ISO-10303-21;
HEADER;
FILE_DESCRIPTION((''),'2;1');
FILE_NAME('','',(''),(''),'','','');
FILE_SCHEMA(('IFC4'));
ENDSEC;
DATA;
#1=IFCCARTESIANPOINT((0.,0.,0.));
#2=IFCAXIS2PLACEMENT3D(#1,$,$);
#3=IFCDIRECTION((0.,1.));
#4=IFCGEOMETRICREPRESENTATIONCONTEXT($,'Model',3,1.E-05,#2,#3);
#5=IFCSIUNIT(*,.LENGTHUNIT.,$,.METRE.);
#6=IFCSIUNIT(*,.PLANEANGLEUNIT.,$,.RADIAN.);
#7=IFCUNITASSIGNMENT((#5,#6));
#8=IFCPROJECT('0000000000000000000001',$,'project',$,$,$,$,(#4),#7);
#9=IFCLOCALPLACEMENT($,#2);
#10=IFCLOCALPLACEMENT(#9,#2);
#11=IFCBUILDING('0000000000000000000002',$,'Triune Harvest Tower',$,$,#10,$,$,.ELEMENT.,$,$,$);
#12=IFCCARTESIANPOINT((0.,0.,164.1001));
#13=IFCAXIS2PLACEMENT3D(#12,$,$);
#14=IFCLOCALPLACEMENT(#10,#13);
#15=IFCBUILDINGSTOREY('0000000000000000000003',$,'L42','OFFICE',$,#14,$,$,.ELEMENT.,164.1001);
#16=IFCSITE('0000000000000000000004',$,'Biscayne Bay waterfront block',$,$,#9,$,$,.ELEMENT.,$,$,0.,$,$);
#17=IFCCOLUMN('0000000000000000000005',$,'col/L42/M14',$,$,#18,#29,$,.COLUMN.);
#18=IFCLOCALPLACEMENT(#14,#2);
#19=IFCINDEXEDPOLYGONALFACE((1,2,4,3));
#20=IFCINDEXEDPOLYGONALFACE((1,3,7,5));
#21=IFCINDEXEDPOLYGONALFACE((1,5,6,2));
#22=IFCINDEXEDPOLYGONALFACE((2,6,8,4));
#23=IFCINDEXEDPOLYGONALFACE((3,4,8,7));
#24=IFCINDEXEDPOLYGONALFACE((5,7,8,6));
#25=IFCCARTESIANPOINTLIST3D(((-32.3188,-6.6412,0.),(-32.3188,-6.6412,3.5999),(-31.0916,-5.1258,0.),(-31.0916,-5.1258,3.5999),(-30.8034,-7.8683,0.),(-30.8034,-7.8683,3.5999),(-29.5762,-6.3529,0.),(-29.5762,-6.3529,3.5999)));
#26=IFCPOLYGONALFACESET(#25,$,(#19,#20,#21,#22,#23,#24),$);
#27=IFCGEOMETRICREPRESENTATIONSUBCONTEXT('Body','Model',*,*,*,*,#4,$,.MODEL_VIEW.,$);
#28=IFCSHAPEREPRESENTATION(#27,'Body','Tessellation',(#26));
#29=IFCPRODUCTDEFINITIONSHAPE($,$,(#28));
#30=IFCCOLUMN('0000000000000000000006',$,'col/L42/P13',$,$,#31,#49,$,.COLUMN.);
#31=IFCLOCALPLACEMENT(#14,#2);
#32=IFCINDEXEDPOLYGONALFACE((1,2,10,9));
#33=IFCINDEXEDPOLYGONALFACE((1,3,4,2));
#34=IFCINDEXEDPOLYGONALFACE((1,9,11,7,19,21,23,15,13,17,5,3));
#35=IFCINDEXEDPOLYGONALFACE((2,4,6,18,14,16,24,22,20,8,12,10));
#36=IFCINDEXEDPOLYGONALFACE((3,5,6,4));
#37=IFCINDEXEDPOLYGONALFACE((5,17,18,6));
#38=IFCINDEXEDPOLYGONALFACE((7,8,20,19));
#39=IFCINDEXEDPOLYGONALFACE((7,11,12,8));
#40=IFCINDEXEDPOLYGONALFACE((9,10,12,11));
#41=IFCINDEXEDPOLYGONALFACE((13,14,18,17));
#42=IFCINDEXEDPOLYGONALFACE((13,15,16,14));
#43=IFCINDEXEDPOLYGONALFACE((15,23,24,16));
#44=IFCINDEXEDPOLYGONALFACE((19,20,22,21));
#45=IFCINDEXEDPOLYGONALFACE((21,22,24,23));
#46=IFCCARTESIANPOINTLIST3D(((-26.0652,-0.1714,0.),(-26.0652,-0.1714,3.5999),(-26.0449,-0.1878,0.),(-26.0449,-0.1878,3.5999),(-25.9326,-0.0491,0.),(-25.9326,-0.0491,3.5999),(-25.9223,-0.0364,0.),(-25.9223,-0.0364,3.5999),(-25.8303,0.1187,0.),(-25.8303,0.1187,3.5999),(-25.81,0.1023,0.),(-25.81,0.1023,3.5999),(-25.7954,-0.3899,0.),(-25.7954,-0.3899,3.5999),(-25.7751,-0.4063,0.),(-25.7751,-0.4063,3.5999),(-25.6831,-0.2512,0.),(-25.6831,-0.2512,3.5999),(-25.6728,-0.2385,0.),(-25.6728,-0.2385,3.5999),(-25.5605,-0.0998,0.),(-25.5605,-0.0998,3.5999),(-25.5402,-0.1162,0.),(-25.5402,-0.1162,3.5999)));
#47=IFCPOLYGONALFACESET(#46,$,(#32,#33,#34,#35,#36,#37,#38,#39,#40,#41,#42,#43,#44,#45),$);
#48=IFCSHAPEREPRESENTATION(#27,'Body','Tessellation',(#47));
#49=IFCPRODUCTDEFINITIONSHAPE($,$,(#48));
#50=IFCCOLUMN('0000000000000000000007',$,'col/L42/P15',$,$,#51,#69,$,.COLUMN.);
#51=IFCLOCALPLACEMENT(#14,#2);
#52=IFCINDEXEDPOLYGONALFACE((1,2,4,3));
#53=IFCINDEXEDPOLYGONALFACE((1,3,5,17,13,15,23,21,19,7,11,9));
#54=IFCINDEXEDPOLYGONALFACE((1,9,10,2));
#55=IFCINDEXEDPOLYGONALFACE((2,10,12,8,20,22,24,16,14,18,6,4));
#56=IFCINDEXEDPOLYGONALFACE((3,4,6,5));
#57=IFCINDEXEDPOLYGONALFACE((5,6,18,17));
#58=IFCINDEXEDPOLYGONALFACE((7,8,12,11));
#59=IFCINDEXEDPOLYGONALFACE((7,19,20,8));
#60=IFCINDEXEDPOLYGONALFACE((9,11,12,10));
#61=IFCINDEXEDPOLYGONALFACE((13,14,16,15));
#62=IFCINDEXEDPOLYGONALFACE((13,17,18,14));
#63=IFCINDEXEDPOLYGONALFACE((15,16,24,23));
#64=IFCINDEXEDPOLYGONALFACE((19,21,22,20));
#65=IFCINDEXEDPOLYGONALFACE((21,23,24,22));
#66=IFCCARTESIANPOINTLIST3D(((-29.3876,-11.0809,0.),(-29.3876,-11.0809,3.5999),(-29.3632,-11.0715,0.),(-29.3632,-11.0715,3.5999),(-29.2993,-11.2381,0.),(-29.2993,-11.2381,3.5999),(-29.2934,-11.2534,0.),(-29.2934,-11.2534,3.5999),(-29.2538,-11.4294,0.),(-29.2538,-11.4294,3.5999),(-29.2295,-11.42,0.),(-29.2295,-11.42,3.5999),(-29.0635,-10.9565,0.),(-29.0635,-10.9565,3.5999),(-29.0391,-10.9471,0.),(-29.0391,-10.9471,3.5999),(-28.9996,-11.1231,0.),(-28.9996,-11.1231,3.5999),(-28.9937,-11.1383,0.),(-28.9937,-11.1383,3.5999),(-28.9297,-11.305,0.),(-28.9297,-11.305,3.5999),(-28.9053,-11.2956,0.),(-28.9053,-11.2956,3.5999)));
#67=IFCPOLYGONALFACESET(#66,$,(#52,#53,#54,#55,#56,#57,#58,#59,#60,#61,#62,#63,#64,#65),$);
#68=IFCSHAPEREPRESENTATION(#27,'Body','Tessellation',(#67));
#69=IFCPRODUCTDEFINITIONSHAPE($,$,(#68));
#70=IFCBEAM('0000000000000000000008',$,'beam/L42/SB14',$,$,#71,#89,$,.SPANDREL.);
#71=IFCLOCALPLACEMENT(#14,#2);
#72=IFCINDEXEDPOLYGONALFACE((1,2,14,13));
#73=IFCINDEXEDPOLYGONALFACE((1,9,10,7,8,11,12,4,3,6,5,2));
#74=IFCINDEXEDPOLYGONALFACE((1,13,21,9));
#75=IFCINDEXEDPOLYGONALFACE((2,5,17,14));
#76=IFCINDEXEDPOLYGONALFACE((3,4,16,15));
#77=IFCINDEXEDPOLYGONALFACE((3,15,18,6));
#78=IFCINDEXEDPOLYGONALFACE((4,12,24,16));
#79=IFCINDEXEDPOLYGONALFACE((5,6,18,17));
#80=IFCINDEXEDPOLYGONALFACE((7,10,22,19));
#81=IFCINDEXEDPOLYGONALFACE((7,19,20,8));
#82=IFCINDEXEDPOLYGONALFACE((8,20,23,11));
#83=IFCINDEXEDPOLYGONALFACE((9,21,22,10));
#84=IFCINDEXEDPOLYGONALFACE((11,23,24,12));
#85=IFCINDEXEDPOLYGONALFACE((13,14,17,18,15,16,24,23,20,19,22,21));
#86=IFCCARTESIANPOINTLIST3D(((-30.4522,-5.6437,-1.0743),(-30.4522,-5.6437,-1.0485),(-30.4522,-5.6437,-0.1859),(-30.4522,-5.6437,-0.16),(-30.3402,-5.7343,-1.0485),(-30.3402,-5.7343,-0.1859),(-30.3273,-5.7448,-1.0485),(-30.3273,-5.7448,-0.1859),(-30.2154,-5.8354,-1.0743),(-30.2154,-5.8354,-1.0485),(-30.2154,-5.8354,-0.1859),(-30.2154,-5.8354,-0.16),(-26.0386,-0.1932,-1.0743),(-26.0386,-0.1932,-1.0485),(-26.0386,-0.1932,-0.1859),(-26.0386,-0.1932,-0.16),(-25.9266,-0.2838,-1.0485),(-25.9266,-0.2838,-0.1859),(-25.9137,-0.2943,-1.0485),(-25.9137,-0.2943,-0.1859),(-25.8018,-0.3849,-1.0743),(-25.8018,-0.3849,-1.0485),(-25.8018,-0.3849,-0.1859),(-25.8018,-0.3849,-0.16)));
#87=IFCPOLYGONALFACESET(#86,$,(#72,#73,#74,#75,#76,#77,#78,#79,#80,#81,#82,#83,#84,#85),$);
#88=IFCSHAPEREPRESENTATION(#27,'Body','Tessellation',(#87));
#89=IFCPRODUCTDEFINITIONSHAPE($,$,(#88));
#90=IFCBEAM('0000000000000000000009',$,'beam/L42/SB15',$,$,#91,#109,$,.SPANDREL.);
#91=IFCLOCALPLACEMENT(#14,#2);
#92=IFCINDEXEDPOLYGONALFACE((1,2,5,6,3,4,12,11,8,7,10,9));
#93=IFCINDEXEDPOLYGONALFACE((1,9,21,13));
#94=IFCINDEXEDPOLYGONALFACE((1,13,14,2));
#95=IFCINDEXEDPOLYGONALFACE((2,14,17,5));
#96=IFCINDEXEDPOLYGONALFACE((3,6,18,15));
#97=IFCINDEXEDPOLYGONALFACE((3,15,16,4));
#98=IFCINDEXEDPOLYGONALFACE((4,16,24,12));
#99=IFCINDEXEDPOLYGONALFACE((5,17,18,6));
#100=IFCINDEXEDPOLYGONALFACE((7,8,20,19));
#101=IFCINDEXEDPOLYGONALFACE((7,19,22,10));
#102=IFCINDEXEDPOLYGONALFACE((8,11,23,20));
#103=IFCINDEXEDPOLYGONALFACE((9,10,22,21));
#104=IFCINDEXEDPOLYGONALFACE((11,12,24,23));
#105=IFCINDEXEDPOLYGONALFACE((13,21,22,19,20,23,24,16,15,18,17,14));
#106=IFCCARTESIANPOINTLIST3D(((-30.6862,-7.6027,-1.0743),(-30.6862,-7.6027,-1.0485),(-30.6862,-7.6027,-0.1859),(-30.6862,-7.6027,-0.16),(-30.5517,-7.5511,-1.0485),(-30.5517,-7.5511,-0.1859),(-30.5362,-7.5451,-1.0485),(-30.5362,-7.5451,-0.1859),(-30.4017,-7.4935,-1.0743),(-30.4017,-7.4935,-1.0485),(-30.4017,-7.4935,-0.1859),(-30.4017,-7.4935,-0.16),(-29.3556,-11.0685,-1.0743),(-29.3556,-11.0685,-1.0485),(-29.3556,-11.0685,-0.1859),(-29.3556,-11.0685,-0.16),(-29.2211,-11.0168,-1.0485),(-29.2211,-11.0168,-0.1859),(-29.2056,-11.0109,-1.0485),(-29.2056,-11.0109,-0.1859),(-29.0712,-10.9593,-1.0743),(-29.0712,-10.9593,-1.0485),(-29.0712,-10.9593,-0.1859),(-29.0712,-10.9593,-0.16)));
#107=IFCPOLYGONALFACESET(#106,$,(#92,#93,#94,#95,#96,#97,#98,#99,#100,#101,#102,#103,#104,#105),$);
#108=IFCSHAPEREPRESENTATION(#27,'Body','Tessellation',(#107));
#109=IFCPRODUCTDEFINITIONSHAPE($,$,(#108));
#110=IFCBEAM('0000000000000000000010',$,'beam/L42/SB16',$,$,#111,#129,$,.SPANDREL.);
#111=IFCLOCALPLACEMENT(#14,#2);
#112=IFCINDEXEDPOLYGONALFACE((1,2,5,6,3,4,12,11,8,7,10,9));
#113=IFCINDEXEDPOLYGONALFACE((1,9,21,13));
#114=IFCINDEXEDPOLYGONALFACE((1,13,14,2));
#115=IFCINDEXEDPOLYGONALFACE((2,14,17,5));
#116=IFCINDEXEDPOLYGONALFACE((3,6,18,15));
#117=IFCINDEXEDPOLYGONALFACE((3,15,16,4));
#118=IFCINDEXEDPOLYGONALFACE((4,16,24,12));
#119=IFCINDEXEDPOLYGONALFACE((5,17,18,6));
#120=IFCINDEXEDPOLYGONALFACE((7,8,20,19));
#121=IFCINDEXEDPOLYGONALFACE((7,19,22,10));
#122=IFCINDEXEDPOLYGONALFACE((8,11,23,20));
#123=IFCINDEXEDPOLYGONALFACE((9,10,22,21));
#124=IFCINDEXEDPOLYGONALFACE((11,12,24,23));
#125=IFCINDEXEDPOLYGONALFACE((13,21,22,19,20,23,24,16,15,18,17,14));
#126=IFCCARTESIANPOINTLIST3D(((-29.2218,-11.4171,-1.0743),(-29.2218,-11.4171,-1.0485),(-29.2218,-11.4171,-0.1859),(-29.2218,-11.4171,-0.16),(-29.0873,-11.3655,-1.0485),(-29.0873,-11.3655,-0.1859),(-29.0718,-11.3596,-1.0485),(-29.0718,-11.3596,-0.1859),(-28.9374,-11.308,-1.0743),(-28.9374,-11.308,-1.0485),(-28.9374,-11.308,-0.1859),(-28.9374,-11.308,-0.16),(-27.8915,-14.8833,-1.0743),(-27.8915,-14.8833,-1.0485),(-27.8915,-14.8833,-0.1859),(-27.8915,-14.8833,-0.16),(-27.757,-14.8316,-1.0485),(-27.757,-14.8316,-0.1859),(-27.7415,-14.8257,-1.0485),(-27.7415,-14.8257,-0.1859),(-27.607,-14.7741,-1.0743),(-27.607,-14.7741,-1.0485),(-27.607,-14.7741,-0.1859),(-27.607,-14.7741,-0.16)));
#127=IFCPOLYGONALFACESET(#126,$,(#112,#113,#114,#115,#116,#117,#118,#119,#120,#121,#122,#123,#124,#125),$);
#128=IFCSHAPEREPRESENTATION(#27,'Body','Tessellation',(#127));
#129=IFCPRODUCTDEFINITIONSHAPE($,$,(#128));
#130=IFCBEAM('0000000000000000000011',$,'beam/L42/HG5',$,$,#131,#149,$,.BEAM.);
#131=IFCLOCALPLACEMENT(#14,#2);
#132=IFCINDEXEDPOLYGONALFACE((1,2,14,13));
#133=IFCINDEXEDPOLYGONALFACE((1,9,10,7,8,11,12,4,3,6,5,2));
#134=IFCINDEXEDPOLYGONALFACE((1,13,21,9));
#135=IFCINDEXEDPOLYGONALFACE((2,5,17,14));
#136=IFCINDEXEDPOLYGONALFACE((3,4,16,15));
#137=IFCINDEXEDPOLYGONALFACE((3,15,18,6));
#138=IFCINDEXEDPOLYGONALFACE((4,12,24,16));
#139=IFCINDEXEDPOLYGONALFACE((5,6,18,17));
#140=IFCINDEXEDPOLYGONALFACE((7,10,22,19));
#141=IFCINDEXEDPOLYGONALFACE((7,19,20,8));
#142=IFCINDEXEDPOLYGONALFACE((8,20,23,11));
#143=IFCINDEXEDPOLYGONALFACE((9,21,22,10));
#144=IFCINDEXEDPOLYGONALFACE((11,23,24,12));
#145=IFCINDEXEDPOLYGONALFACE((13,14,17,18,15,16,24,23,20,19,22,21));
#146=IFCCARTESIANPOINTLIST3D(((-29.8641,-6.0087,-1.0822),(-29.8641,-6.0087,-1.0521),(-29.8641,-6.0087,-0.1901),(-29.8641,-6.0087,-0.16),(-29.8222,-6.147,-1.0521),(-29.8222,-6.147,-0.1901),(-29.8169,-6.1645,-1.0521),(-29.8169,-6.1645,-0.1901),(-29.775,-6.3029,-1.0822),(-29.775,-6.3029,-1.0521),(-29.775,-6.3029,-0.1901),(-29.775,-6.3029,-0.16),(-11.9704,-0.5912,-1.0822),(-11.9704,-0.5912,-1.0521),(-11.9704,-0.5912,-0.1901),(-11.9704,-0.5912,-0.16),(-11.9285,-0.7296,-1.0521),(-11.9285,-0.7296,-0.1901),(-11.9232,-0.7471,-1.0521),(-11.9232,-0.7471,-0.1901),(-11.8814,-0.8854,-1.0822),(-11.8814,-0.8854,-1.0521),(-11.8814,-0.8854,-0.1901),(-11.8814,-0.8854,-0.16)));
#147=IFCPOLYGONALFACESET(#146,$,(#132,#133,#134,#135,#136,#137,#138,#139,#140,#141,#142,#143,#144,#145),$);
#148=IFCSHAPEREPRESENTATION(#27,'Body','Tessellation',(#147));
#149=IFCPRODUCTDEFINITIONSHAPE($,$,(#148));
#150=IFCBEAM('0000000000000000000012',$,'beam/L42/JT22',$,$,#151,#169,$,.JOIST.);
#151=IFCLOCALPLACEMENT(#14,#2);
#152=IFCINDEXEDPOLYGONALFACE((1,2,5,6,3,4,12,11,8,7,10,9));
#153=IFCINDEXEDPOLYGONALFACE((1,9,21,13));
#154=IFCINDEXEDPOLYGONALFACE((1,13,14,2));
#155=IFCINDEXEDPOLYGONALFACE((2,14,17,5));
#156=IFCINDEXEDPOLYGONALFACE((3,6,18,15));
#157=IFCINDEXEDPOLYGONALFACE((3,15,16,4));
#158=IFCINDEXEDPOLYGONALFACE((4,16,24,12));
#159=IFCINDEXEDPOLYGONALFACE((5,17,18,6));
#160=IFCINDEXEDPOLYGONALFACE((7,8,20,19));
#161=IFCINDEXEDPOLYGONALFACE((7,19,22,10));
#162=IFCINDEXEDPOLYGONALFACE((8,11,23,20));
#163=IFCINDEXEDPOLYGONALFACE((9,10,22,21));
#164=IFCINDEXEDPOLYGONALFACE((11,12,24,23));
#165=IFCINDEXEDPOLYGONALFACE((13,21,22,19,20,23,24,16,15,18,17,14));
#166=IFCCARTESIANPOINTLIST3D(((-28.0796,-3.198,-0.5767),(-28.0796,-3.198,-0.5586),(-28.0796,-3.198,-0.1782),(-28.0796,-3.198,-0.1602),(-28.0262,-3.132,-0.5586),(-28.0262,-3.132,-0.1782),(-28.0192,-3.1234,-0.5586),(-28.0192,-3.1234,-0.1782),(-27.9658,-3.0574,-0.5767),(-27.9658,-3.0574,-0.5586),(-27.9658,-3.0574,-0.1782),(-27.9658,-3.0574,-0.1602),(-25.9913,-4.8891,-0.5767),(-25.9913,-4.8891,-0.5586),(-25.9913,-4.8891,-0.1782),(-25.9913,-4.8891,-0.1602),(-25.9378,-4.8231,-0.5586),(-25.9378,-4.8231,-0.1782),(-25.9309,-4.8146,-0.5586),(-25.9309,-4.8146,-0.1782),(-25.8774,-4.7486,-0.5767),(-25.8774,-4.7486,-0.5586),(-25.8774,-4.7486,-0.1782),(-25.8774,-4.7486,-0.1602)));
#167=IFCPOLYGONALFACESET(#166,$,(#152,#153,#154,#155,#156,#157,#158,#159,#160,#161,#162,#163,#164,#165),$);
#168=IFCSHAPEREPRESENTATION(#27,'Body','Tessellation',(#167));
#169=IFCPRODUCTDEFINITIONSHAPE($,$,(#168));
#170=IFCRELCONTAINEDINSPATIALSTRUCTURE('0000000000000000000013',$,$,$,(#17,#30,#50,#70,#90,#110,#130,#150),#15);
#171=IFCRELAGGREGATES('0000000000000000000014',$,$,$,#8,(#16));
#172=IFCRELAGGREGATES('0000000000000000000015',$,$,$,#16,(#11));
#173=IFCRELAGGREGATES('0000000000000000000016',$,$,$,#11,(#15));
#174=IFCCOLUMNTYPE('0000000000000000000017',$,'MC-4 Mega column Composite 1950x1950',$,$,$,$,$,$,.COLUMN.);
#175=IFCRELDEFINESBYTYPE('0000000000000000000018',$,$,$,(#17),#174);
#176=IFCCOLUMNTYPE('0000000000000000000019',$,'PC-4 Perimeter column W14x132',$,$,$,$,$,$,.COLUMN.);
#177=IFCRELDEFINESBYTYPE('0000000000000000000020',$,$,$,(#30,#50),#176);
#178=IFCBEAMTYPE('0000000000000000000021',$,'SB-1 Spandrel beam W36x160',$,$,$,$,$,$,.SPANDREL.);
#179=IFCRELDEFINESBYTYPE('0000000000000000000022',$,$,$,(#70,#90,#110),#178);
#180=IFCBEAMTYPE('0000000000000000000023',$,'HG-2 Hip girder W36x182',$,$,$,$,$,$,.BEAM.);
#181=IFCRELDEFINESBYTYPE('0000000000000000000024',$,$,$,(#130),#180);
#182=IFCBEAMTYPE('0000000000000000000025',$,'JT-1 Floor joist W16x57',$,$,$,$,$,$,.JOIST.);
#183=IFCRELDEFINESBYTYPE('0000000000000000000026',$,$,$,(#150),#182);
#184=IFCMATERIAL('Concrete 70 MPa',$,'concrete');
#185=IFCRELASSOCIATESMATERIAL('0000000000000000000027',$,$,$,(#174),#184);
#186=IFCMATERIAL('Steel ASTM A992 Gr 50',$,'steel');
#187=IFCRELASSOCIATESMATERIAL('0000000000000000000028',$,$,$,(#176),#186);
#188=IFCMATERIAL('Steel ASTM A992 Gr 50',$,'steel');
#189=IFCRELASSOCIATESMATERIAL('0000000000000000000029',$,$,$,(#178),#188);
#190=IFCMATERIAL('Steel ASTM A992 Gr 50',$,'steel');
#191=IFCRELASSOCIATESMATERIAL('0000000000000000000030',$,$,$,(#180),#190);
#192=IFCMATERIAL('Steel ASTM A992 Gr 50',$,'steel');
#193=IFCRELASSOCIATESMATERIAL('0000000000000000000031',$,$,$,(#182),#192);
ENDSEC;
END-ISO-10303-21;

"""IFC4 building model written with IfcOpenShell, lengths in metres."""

from ifc_helpers import new_model, si_unit, direction, frame, origin, origin_2d, place, context, subcontext, project, spatial, rectangle, i_section, extrude, source, transform, mapped, material, material_profile, profile_set, type_object, element, save


model = new_model("IFC4")

# Units and contexts
model_context = context("Model", 3, precision=1e-05, world=origin(), true_north=direction((0.0, 1.0)))
body_context = subcontext(model_context, "Body", "Model", "MODEL_VIEW")
ifc_project = project(units=[si_unit("LENGTHUNIT", "METRE"), si_unit("PLANEANGLEUNIT", "RADIAN")], contexts=[model_context])

# Site, building, storey
site_placement = place(None, origin())
site = spatial("IfcSite", under=ifc_project, at=site_placement, Name="Biscayne Bay waterfront block", CompositionType="ELEMENT", RefElevation=0.0)
building_placement = place(site_placement, origin())
building = spatial("IfcBuilding", under=site, at=building_placement, Name="Triune Harvest Tower", CompositionType="ELEMENT")
storey_placement = place(building_placement, frame((0.0, 0.0, 164.1001)))
storey = spatial("IfcBuildingStorey", under=building, at=storey_placement, Name="L42", Description="OFFICE", CompositionType="ELEMENT", Elevation=164.1001)

# Columns
ifc_material_1 = material(Name="Concrete 70 MPa", Category="concrete")
ifc_material_profile_1 = material_profile(ifc_material_1, rectangle(XDim=1.95, YDim=1.95, at=origin_2d()), Name="Composite 1950x1950")
ifc_profile_set_1 = profile_set([ifc_material_profile_1], Name="Concrete 70 MPa")
column_type_1 = type_object("IfcColumnType", Name="MC-4 Mega column Composite 1950x1950", PredefinedType="COLUMN", material=ifc_profile_set_1)
shared_shape_1 = source(origin(), body_context, "Body", "SweptSolid", [
    extrude(rectangle(XDim=1.95, YDim=1.95, at=origin_2d()), origin(), (0.0, 0.0, 1.0), 3.5999),
])
column_placement = place(storey_placement, frame((-30.9475, -6.4971, 0.0), z_axis=(0.0, 0.0, 1.0), x_axis=(-0.629322, -0.777145, 0.0)))
element("IfcColumn", 1, at=column_placement, inside=storey, type_object=column_type_1, Name="col/L42/M14", PredefinedType="COLUMN", context=body_context, shape_type="MappedRepresentation", body=[
    mapped(shared_shape_1, transform((0.0, 0.0, 0.0), scale=1.0)),
])
ifc_material_2 = material(Name="Steel ASTM A992 Gr 50", Category="steel")
ifc_material_profile_2 = material_profile(ifc_material_2, i_section(OverallWidth=0.3733, OverallDepth=0.3733, WebThickness=0.0164, FlangeThickness=0.0261, at=origin_2d()), Name="W14x132")
ifc_profile_set_2 = profile_set([ifc_material_profile_2], Name="Steel ASTM A992 Gr 50")
column_type_2 = type_object("IfcColumnType", Name="PC-4 Perimeter column W14x132", PredefinedType="COLUMN", material=ifc_profile_set_2)
shared_shape_2 = source(origin(), body_context, "Body", "SweptSolid", [
    extrude(i_section(OverallWidth=0.3733, OverallDepth=0.3733, WebThickness=0.0164, FlangeThickness=0.0261, at=origin_2d()), origin(), (0.0, 0.0, 1.0), 3.5999),
])
for number, where, z_axis, x_axis, name in (
    (2, (-25.8027, -0.1438, 0.0), (0.0, 0.0, 1.0), (-0.629322, -0.777145, 0.0), "col/L42/P13"),
    (3, (-29.1465, -11.1882, 0.0), (0.0, 0.0, 1.0), (0.358366, -0.933581, 0.0), "col/L42/P15"),
):
    element("IfcColumn", number, at=place(storey_placement, frame(where, z_axis=z_axis, x_axis=x_axis)), inside=storey, type_object=column_type_2, Name=name, PredefinedType="COLUMN", context=body_context, shape_type="MappedRepresentation", body=[
        mapped(shared_shape_2, transform((0.0, 0.0, 0.0), scale=1.0)),
    ])

# Beams
ifc_material_3 = material(Name="Steel ASTM A992 Gr 50", Category="steel")
ifc_material_profile_3 = material_profile(ifc_material_3, i_section(OverallWidth=0.3047, OverallDepth=0.9143, WebThickness=0.0166, FlangeThickness=0.0259, at=origin_2d()), Name="W36x160")
ifc_profile_set_3 = profile_set([ifc_material_profile_3], Name="Steel ASTM A992 Gr 50")
beam_type_1 = type_object("IfcBeamType", Name="SB-1 Spandrel beam W36x160", PredefinedType="SPANDREL", material=ifc_profile_set_3)
shared_shape_3 = source(origin(), body_context, "Body", "SweptSolid", [
    extrude(i_section(OverallWidth=0.3047, OverallDepth=0.9143, WebThickness=0.0166, FlangeThickness=0.0259, at=origin_2d()), origin(), (0.0, 0.0, 1.0), 7.0134),
])
beam_1_placement = place(storey_placement, frame((-25.9202, -0.2891, -0.6172), z_axis=(-0.629311, -0.777153, 0.0), x_axis=(0.777153, -0.629311, 0.0)))
element("IfcBeam", 4, at=beam_1_placement, inside=storey, type_object=beam_type_1, Name="beam/L42/SB14", PredefinedType="SPANDREL", context=body_context, shape_type="MappedRepresentation", body=[
    mapped(shared_shape_3, transform((0.0, 0.0, 0.0), scale=1.0)),
])
shared_shape_4 = source(origin(), body_context, "Body", "SweptSolid", [
    extrude(i_section(OverallWidth=0.3047, OverallDepth=0.9143, WebThickness=0.0166, FlangeThickness=0.0259, at=origin_2d()), origin(), (0.0, 0.0, 1.0), 3.7124),
])
beam_2_placement = place(storey_placement, frame((-30.5439, -7.5481, -0.6172), z_axis=(0.358406, -0.933566, 0.0), x_axis=(0.933566, 0.358406, 0.0)))
element("IfcBeam", 5, at=beam_2_placement, inside=storey, type_object=beam_type_1, Name="beam/L42/SB15", PredefinedType="SPANDREL", context=body_context, shape_type="MappedRepresentation", body=[
    mapped(shared_shape_4, transform((0.0, 0.0, 0.0), scale=1.0)),
])
shared_shape_5 = source(origin(), body_context, "Body", "SweptSolid", [
    extrude(i_section(OverallWidth=0.3047, OverallDepth=0.9143, WebThickness=0.0166, FlangeThickness=0.0259, at=origin_2d()), origin(), (0.0, 0.0, 1.0), 3.7126),
])
beam_3_placement = place(storey_placement, frame((-29.0796, -11.3625, -0.6172), z_axis=(0.358327, -0.933596, 0.0), x_axis=(0.933596, 0.358327, 0.0)))
element("IfcBeam", 6, at=beam_3_placement, inside=storey, type_object=beam_type_1, Name="beam/L42/SB16", PredefinedType="SPANDREL", context=body_context, shape_type="MappedRepresentation", body=[
    mapped(shared_shape_5, transform((0.0, 0.0, 0.0), scale=1.0)),
])
ifc_material_4 = material(Name="Steel ASTM A992 Gr 50", Category="steel")
ifc_material_profile_4 = material_profile(ifc_material_4, i_section(OverallWidth=0.3074, OverallDepth=0.9221, WebThickness=0.0183, FlangeThickness=0.03, at=origin_2d()), Name="W36x182")
ifc_profile_set_4 = profile_set([ifc_material_profile_4], Name="Steel ASTM A992 Gr 50")
beam_type_2 = type_object("IfcBeamType", Name="HG-2 Hip girder W36x182", PredefinedType="BEAM", material=ifc_profile_set_4)
shared_shape_6 = source(origin(), body_context, "Body", "SweptSolid", [
    extrude(i_section(OverallWidth=0.3074, OverallDepth=0.9221, WebThickness=0.0183, FlangeThickness=0.03, at=origin_2d()), origin(), (0.0, 0.0, 1.0), 18.6958),
])
beam_4_placement = place(storey_placement, frame((-29.8196, -6.1558, -0.6211), z_axis=(0.957097, 0.289768, 0.0), x_axis=(-0.289768, 0.957097, 0.0)))
element("IfcBeam", 7, at=beam_4_placement, inside=storey, type_object=beam_type_2, Name="beam/L42/HG5", PredefinedType="BEAM", context=body_context, shape_type="MappedRepresentation", body=[
    mapped(shared_shape_6, transform((0.0, 0.0, 0.0), scale=1.0)),
])
ifc_material_5 = material(Name="Steel ASTM A992 Gr 50", Category="steel")
ifc_material_profile_5 = material_profile(ifc_material_5, i_section(OverallWidth=0.1809, OverallDepth=0.4165, WebThickness=0.011, FlangeThickness=0.0181, at=origin_2d()), Name="W16x57")
ifc_profile_set_5 = profile_set([ifc_material_profile_5], Name="Steel ASTM A992 Gr 50")
beam_type_3 = type_object("IfcBeamType", Name="JT-1 Floor joist W16x57", PredefinedType="JOIST", material=ifc_profile_set_5)
shared_shape_7 = source(origin(), body_context, "Body", "SweptSolid", [
    extrude(i_section(OverallWidth=0.1809, OverallDepth=0.4165, WebThickness=0.011, FlangeThickness=0.0181, at=origin_2d()), origin(), (0.0, 0.0, 1.0), 2.6873),
])
beam_5_placement = place(storey_placement, frame((-28.0227, -3.1277, -0.3684), z_axis=(0.777141, -0.629326, 0.0), x_axis=(0.629326, 0.777141, 0.0)))
element("IfcBeam", 8, at=beam_5_placement, inside=storey, type_object=beam_type_3, Name="beam/L42/JT22", PredefinedType="JOIST", context=body_context, shape_type="MappedRepresentation", body=[
    mapped(shared_shape_7, transform((0.0, 0.0, 0.0), scale=1.0)),
])

save(model, "model.ifc")
